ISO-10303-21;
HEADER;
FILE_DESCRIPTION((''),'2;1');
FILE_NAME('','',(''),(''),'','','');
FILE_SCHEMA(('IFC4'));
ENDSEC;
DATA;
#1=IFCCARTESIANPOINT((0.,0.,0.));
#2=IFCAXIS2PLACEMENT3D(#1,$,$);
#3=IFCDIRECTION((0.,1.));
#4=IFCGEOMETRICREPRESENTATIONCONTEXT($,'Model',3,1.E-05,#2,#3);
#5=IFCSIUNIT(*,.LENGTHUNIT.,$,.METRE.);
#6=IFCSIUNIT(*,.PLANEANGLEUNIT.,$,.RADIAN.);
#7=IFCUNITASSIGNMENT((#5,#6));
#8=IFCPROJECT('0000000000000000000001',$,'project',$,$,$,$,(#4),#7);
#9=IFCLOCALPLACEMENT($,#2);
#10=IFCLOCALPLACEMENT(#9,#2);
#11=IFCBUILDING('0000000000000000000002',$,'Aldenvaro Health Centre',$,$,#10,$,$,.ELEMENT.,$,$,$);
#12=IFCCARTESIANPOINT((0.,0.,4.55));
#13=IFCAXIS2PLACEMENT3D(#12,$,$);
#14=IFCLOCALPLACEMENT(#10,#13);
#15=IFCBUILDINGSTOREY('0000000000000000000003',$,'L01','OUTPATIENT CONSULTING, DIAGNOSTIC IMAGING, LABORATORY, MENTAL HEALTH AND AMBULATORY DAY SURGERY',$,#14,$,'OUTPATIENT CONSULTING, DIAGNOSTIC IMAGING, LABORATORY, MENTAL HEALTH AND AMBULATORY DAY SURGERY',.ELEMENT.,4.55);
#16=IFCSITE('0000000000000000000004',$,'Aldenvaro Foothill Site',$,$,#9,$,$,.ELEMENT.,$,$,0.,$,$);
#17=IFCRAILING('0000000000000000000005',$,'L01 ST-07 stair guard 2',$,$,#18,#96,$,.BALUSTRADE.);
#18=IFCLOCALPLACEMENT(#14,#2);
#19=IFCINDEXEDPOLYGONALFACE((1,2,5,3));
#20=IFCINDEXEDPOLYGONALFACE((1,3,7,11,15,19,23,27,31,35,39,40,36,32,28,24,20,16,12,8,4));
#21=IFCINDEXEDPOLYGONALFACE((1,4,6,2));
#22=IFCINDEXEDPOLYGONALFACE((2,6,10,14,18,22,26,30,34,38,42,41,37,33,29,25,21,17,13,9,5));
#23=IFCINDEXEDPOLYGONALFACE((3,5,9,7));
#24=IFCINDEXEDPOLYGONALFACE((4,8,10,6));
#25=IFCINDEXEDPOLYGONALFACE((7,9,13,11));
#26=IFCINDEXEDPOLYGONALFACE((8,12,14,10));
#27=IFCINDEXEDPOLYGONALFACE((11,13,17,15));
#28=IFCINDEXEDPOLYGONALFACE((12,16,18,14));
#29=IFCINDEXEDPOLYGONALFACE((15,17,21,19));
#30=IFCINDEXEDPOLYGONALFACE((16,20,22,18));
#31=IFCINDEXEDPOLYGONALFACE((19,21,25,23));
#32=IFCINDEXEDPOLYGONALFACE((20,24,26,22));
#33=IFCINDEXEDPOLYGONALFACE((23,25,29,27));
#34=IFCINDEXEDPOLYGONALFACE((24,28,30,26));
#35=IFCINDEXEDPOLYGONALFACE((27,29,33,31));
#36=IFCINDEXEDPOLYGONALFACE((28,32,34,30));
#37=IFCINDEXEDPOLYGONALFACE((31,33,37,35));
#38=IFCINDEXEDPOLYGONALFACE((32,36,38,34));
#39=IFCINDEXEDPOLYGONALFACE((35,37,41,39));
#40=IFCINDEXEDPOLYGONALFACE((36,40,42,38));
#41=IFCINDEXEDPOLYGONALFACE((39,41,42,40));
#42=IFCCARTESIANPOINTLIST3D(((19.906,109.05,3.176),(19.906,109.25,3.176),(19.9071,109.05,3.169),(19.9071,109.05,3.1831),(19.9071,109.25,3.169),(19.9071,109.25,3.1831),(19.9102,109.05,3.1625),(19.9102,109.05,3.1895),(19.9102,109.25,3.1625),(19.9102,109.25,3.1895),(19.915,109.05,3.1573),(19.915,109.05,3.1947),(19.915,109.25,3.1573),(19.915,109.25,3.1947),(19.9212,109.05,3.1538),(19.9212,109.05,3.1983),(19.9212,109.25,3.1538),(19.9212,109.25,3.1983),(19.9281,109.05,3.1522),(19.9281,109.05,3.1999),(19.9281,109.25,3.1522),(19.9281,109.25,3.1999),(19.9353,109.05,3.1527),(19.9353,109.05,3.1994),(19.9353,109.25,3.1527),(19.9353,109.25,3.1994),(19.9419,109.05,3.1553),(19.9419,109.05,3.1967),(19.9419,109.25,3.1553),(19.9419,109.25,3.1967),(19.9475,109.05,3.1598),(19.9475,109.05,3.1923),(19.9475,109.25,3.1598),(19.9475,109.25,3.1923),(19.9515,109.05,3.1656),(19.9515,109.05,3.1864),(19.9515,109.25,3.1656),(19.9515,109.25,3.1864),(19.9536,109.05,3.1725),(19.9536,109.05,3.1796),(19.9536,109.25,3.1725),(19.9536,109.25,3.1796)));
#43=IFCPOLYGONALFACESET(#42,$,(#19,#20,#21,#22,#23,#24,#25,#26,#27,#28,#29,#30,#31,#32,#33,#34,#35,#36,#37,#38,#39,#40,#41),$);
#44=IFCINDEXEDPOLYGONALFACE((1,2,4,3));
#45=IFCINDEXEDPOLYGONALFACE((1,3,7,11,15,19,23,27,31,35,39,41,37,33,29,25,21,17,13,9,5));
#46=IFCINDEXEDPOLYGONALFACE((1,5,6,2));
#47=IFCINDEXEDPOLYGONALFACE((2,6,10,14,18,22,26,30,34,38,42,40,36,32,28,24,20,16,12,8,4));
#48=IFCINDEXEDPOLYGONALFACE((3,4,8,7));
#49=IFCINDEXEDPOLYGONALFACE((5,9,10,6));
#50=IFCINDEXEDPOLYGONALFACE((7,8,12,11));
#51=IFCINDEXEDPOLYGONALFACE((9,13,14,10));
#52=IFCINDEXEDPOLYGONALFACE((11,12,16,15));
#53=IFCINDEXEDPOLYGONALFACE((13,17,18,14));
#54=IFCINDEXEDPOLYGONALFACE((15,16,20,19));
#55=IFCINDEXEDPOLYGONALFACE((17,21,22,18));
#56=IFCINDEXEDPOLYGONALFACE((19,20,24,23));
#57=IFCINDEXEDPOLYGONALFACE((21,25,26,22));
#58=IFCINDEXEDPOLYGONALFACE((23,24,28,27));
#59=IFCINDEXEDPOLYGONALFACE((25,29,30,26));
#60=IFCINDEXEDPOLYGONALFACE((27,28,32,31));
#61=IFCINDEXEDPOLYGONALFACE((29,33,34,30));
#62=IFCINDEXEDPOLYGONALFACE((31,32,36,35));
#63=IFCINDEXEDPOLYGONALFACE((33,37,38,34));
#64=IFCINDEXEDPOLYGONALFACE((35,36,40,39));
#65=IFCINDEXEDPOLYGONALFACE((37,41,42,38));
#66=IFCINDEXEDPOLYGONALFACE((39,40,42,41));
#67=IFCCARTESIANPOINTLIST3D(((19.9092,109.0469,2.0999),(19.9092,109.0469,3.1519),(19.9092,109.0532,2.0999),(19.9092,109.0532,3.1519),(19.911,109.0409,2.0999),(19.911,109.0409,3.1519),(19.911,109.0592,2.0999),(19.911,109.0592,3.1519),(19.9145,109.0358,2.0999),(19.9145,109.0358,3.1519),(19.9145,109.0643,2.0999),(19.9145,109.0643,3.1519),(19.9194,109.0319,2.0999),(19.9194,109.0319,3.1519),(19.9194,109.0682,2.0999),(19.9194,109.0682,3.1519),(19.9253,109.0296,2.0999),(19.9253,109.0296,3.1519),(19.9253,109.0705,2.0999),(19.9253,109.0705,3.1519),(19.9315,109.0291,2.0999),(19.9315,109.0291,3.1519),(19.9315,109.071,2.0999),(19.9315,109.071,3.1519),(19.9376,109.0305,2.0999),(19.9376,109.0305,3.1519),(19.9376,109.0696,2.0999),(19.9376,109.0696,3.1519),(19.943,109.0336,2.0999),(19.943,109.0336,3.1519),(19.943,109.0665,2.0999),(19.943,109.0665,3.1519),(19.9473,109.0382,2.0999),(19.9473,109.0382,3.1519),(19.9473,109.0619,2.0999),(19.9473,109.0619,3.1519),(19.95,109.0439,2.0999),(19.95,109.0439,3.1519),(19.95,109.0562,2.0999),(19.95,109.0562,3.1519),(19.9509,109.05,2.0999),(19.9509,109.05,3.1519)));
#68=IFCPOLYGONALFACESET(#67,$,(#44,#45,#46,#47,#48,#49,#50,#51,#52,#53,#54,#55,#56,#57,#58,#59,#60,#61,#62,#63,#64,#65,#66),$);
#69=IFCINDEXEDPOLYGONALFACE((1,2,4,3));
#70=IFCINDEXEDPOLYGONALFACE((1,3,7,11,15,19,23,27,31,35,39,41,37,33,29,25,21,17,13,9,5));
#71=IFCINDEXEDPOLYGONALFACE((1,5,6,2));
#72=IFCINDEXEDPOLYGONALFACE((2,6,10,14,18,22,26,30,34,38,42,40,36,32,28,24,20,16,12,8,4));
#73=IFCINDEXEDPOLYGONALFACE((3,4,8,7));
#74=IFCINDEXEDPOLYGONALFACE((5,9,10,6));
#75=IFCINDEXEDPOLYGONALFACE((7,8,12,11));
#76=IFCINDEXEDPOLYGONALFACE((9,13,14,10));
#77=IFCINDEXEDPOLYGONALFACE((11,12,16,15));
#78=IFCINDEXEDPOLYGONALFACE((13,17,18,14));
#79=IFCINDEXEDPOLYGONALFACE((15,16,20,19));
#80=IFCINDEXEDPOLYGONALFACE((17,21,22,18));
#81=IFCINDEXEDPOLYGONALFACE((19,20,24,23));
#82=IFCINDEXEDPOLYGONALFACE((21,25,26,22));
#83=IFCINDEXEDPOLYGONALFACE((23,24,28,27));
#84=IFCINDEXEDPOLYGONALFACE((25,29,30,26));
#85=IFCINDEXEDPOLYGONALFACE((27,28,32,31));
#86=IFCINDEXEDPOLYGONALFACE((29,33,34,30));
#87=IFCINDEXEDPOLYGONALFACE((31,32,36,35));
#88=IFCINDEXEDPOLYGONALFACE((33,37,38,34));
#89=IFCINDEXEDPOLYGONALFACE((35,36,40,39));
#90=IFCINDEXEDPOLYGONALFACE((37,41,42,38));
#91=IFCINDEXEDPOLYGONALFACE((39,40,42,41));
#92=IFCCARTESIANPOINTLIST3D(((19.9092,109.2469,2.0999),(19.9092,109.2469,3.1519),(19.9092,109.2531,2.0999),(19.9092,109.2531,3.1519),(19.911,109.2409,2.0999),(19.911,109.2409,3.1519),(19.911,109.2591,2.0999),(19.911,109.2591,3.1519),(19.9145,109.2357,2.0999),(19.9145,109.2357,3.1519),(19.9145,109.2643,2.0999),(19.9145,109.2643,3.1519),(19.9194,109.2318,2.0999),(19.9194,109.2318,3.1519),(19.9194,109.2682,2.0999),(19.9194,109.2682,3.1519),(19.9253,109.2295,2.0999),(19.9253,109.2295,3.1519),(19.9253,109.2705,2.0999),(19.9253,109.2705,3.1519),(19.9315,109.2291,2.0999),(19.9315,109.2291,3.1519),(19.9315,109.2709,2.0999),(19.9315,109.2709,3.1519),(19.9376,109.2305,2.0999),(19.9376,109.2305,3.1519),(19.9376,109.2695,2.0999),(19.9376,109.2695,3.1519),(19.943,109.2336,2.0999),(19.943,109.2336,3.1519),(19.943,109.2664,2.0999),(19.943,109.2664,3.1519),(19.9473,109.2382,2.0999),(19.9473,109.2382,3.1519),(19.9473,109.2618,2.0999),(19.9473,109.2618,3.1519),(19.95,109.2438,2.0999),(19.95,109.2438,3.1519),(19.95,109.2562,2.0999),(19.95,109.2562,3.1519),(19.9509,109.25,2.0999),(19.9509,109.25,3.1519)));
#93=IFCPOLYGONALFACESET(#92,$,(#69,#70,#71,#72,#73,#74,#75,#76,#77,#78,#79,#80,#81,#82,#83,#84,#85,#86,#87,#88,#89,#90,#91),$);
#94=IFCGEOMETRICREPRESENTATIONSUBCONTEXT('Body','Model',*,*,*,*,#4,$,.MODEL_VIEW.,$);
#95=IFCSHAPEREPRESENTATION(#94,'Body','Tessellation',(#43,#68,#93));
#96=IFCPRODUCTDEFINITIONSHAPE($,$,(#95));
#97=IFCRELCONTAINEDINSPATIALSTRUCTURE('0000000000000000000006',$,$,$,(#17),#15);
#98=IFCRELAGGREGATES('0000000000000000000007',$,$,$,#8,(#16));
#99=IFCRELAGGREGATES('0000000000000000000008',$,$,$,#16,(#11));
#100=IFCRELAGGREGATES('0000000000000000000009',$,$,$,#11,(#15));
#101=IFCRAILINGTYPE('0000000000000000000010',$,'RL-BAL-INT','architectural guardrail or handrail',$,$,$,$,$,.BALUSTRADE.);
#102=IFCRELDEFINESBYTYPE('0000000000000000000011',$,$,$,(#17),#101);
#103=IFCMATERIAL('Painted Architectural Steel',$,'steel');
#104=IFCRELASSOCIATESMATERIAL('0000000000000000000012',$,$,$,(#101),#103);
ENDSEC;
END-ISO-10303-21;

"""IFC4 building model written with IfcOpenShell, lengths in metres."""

from ifc_helpers import new_model, si_unit, direction, frame, origin, origin_2d, place, context, subcontext, project, spatial, circle, extrude, material, type_object, element, save


model = new_model("IFC4")

# Units and contexts
model_context = context("Model", 3, precision=1e-05, world=origin(), true_north=direction((0.0, 1.0)))
body_context = subcontext(model_context, "Body", "Model", "MODEL_VIEW")
ifc_project = project(units=[si_unit("LENGTHUNIT", "METRE"), si_unit("PLANEANGLEUNIT", "RADIAN")], contexts=[model_context])

# Site, building, storey
site_placement = place(None, origin())
site = spatial("IfcSite", under=ifc_project, at=site_placement, Name="Aldenvaro Foothill Site", CompositionType="ELEMENT", RefElevation=0.0)
building_placement = place(site_placement, origin())
building = spatial("IfcBuilding", under=site, at=building_placement, Name="Aldenvaro Health Centre", CompositionType="ELEMENT")
storey_placement = place(building_placement, frame((0.0, 0.0, 4.55)))
storey = spatial("IfcBuildingStorey", under=building, at=storey_placement, Name="L01", Description="OUTPATIENT CONSULTING, DIAGNOSTIC IMAGING, LABORATORY, MENTAL HEALTH AND AMBULATORY DAY SURGERY", LongName="OUTPATIENT CONSULTING, DIAGNOSTIC IMAGING, LABORATORY, MENTAL HEALTH AND AMBULATORY DAY SURGERY", CompositionType="ELEMENT", Elevation=4.55)

# Railing
ifc_material_1 = material(Name="Painted Architectural Steel", Category="steel")
railing_type_1 = type_object("IfcRailingType", Name="RL-BAL-INT", Description="architectural guardrail or handrail", PredefinedType="BALUSTRADE", material=ifc_material_1)
railing_1_placement = place(storey_placement, frame((19.9299, 109.05, 2.0999)))
element("IfcRailing", 1, at=railing_1_placement, inside=storey, type_object=railing_type_1, Name="L01 ST-07 stair guard 2", PredefinedType="BALUSTRADE", context=body_context, shape_type="SweptSolid", body=[
    extrude(circle(Radius=0.0239, at=origin_2d()), frame((0.0, 0.0, 1.0762), z_axis=(0.0, 1.0, 0.0), x_axis=(-1.0, 0.0, 0.0)), (0.0, 0.0, 1.0), 0.2),
    extrude(circle(Radius=0.021, at=origin_2d()), origin(), (0.0, 0.0, 1.0), 1.052),
    extrude(circle(Radius=0.021, at=origin_2d()), frame((0.0, 0.2, 0.0)), (0.0, 0.0, 1.0), 1.052),
])

save(model, "model.ifc")
